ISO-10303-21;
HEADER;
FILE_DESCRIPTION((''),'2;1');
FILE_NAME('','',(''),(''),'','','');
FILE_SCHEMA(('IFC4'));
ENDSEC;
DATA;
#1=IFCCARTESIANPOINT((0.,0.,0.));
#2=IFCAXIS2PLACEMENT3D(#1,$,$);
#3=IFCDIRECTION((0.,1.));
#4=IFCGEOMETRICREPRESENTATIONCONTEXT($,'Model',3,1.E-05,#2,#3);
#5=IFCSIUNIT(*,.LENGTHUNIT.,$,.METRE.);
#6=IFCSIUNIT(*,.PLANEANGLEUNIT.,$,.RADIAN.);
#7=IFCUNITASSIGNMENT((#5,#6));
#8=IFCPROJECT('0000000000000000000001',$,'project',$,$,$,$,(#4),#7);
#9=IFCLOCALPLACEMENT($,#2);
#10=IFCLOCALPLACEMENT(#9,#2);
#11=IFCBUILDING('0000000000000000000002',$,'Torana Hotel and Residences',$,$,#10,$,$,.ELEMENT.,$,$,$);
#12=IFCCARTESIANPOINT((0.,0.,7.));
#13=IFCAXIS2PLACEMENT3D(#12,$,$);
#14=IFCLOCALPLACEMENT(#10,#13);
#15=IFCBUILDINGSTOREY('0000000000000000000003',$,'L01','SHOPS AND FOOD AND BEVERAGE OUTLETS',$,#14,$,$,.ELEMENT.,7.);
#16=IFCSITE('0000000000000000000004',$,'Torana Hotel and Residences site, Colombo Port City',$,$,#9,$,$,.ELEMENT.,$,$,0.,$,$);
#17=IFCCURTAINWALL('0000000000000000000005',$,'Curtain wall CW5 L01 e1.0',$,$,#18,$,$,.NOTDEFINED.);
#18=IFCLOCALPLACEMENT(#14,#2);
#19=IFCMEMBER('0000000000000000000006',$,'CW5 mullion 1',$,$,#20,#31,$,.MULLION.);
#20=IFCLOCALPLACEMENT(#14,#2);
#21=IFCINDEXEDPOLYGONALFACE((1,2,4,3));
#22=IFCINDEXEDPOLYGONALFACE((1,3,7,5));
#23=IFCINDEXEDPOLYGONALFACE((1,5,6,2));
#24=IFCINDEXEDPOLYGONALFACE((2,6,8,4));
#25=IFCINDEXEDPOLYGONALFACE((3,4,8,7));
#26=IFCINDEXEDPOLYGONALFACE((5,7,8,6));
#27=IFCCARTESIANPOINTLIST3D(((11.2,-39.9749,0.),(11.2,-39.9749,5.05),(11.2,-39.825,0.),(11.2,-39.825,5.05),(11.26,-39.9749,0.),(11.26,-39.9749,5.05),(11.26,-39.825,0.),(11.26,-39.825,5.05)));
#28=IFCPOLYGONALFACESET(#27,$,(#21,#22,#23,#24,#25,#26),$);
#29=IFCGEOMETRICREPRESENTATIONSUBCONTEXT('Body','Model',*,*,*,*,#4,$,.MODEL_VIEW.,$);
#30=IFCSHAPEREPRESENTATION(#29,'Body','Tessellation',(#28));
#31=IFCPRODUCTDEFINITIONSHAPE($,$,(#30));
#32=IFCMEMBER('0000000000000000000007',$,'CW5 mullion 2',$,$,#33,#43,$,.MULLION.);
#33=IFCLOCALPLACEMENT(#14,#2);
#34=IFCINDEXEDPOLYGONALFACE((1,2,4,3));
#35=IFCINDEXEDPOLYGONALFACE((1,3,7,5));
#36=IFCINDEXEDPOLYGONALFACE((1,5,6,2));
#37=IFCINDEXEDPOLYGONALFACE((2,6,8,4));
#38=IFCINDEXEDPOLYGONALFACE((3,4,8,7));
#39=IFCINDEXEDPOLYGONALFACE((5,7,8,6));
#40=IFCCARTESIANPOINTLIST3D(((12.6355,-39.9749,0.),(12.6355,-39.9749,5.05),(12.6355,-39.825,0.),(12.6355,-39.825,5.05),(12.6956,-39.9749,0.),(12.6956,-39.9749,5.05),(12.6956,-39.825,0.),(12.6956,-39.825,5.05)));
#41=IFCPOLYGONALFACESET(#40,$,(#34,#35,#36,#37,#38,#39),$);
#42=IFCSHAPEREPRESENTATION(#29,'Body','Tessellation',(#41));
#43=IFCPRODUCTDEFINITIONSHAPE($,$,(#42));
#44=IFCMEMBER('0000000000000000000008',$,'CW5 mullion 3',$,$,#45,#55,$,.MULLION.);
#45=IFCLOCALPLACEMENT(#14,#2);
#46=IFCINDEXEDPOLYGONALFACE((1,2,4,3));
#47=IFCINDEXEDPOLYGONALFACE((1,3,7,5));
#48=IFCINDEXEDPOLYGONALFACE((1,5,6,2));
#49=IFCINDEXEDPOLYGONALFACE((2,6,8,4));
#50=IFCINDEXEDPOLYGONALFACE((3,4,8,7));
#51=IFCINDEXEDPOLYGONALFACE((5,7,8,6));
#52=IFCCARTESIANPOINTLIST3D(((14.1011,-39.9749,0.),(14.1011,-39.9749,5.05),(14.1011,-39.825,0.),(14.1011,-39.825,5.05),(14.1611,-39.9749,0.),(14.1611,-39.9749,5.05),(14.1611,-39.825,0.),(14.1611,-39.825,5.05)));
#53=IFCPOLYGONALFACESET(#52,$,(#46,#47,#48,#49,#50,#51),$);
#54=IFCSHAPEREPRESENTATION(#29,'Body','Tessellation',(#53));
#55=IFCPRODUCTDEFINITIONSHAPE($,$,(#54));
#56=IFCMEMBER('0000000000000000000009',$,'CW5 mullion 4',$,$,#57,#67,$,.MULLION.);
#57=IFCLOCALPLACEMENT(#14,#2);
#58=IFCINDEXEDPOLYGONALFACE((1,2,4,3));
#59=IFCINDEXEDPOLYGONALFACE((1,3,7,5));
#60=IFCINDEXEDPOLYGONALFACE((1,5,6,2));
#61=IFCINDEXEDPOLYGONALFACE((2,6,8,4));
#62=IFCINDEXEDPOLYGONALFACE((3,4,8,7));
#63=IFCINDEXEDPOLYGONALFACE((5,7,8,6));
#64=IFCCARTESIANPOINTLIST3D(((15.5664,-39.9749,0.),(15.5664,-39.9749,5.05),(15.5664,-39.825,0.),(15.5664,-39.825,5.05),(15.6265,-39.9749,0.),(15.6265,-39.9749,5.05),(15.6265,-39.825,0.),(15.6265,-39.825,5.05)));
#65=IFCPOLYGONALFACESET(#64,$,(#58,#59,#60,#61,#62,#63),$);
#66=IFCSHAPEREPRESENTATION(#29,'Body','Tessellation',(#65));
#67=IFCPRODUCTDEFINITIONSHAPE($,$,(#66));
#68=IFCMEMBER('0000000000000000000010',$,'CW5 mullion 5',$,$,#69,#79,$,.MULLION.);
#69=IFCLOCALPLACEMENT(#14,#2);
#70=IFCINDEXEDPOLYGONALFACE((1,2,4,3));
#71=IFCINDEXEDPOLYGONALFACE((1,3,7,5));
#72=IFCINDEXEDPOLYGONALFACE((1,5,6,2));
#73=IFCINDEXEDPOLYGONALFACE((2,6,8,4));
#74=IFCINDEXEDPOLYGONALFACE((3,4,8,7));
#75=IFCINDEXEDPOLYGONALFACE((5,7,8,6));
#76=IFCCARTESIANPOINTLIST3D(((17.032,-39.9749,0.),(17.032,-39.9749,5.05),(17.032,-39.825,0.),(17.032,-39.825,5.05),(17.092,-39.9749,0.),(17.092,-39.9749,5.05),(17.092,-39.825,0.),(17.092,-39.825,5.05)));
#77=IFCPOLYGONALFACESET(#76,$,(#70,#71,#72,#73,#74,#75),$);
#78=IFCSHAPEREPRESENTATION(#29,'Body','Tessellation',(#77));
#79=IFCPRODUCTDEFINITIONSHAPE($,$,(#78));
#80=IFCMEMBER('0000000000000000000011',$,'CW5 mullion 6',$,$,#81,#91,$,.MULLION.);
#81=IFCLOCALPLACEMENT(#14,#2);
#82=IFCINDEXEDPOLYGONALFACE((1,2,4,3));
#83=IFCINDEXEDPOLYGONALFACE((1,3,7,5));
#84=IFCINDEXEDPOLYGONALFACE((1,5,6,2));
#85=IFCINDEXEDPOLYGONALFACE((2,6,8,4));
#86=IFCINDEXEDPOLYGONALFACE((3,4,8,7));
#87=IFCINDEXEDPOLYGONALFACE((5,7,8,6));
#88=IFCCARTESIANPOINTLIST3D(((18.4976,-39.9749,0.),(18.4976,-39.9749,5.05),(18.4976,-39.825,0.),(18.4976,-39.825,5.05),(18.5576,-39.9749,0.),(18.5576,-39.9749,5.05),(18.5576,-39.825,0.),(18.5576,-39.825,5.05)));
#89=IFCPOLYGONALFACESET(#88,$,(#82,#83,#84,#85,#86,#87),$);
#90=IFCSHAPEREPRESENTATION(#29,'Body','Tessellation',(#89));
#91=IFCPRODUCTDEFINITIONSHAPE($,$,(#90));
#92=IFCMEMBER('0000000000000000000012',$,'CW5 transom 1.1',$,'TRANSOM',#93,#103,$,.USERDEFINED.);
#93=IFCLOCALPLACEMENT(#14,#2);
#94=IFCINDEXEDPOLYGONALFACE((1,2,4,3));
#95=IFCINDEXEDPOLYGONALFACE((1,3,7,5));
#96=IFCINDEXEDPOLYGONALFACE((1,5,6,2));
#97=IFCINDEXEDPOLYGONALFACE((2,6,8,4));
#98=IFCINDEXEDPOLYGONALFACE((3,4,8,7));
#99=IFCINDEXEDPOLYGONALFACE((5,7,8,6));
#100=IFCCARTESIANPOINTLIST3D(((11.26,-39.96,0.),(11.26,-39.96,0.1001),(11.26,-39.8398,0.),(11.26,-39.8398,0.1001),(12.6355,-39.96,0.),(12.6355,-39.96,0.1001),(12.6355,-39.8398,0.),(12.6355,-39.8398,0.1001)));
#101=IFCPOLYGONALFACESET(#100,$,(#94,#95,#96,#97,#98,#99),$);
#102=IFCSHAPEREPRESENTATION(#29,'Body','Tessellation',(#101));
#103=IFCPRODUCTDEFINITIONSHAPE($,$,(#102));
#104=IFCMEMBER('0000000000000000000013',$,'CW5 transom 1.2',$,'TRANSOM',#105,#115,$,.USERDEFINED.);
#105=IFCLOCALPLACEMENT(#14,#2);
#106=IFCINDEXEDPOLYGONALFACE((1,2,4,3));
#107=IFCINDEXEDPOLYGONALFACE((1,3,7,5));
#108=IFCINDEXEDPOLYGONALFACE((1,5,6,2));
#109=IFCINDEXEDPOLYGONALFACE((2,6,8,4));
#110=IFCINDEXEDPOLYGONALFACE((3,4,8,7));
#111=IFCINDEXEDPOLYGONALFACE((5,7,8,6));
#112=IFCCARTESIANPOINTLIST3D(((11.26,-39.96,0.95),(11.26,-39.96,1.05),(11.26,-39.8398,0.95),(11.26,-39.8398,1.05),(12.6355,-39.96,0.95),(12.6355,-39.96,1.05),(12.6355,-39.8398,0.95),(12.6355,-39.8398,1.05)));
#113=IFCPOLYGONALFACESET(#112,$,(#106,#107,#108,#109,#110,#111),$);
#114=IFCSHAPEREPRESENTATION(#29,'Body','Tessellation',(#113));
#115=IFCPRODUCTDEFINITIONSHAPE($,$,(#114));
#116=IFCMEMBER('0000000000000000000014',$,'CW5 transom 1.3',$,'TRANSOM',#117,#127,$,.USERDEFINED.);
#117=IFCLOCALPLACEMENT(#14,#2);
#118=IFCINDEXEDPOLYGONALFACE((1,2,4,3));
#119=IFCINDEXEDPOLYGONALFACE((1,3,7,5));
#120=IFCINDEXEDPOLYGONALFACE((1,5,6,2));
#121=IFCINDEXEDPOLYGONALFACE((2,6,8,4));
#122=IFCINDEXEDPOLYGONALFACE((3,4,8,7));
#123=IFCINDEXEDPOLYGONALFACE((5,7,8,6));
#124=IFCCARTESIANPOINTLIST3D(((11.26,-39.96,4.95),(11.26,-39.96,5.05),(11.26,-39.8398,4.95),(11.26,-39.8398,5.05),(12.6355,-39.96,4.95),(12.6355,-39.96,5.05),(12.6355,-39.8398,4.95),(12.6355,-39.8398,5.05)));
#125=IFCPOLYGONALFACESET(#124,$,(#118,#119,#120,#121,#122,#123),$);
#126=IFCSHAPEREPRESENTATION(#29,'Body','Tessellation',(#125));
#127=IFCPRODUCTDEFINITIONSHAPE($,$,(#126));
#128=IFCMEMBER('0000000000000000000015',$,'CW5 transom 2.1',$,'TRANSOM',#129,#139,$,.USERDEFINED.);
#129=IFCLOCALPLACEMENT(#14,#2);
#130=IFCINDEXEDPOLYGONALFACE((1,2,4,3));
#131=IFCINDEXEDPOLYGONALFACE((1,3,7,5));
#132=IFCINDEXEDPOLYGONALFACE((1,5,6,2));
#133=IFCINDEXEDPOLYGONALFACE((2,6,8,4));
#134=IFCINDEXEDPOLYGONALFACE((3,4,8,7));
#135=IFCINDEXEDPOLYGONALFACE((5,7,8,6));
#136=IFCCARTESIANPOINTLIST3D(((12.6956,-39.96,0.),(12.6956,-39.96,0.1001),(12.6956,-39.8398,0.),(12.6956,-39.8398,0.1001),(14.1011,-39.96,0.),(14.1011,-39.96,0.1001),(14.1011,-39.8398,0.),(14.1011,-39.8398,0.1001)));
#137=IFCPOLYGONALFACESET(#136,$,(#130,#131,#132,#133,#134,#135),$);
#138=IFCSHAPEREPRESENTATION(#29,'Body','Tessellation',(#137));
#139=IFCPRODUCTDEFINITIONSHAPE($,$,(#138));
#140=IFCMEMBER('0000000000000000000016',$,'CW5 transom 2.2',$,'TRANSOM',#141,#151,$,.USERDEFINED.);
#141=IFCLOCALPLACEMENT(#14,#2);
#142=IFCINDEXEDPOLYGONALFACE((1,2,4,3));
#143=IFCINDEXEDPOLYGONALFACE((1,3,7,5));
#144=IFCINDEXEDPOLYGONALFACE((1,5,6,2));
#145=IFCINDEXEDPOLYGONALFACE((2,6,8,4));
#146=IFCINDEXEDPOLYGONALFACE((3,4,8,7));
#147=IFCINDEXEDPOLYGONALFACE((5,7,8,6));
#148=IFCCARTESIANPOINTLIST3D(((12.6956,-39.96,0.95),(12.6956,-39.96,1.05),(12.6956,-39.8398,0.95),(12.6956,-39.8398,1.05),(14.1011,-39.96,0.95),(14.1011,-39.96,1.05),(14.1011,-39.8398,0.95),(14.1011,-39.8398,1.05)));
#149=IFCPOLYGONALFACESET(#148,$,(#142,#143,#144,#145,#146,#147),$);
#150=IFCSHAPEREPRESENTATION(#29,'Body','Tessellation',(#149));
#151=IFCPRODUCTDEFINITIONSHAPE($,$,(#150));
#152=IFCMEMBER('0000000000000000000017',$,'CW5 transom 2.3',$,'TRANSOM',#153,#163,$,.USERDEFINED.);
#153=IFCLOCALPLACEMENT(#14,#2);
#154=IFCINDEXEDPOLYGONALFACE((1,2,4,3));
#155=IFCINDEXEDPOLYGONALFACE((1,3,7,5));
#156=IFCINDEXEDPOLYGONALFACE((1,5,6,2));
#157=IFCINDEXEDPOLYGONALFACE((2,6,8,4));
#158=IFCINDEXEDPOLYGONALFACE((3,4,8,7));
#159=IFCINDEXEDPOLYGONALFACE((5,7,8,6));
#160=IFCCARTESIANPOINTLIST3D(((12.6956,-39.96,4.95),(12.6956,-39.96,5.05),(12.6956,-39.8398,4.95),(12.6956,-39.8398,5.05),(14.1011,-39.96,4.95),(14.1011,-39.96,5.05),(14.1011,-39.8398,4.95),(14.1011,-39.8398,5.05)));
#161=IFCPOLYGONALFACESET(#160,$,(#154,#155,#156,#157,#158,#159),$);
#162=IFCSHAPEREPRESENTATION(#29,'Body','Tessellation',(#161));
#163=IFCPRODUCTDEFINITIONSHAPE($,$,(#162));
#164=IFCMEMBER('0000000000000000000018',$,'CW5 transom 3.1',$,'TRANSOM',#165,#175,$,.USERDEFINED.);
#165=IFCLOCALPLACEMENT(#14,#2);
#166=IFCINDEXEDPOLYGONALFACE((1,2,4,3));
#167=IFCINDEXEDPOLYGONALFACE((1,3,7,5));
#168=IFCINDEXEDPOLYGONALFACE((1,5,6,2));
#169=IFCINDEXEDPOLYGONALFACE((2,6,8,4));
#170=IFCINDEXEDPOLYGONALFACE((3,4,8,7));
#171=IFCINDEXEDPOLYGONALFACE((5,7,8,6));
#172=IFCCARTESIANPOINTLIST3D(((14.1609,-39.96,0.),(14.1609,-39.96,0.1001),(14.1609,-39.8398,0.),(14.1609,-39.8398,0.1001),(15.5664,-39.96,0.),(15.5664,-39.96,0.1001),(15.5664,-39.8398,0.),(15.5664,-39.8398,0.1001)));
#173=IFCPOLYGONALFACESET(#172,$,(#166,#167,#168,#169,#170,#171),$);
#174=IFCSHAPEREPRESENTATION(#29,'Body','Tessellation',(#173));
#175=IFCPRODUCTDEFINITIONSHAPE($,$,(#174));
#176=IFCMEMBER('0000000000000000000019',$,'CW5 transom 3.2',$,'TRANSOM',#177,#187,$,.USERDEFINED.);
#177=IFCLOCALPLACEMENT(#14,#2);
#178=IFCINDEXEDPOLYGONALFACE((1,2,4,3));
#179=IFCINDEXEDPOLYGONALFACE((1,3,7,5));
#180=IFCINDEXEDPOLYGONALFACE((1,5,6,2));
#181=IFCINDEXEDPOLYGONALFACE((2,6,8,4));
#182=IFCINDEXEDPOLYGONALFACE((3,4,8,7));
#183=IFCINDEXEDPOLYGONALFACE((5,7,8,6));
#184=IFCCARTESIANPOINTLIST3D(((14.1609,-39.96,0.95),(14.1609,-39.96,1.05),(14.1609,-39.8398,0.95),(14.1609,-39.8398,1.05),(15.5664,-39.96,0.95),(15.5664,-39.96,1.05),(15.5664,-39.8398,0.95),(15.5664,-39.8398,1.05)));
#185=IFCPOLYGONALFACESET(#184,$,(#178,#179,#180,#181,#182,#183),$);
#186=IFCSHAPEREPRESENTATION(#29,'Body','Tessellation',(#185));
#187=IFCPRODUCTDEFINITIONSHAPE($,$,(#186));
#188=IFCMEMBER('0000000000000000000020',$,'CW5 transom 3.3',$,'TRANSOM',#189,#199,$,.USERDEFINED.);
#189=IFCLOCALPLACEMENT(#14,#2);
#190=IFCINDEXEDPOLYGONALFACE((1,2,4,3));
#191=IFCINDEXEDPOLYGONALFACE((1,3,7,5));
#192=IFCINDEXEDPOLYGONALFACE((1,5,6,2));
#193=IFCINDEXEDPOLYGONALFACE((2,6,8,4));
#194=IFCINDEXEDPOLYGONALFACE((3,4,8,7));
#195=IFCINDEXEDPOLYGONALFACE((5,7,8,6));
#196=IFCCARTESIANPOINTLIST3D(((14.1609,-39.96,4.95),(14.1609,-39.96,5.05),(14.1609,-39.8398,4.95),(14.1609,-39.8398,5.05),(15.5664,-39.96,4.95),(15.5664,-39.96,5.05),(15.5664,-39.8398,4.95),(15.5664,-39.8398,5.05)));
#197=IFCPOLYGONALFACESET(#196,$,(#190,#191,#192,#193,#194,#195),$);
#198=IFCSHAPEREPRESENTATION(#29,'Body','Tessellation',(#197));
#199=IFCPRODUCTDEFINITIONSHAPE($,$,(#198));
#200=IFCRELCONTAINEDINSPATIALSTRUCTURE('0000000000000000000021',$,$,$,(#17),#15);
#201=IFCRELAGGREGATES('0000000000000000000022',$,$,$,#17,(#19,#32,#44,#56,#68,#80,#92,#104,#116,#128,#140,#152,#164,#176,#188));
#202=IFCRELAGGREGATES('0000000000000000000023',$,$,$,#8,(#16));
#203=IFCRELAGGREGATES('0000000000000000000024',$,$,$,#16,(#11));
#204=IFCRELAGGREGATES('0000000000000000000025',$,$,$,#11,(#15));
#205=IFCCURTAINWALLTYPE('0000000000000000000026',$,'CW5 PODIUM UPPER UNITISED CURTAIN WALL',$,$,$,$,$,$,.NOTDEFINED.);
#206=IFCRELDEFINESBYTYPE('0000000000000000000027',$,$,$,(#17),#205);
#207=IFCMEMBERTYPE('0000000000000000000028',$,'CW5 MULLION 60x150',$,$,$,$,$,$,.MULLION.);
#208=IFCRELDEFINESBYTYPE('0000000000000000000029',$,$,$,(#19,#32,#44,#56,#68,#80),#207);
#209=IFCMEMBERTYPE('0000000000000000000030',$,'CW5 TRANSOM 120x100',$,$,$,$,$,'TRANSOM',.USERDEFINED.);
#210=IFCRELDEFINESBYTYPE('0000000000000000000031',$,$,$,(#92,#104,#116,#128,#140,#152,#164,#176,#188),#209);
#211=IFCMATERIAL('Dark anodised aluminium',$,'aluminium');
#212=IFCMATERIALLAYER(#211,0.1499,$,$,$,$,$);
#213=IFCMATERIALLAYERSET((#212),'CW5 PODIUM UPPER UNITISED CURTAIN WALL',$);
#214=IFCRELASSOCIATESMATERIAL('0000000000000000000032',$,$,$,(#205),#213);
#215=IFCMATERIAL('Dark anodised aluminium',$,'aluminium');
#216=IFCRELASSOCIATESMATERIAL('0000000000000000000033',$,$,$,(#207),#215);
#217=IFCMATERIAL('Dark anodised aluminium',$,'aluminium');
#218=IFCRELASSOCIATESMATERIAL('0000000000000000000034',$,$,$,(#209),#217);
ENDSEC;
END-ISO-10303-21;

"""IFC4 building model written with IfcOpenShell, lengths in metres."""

from ifc_helpers import new_model, si_unit, direction, frame, origin, origin_2d, place, context, subcontext, project, spatial, rectangle, extrude, material, layer, layer_set, material_profile, profile_set, type_object, element, aggregate, save


model = new_model("IFC4")

# Units and contexts
model_context = context("Model", 3, precision=1e-05, world=origin(), true_north=direction((0.0, 1.0)))
body_context = subcontext(model_context, "Body", "Model", "MODEL_VIEW")
ifc_project = project(units=[si_unit("LENGTHUNIT", "METRE"), si_unit("PLANEANGLEUNIT", "RADIAN")], contexts=[model_context])

# Site, building, storey
site_placement = place(None, origin())
site = spatial("IfcSite", under=ifc_project, at=site_placement, Name="Torana Hotel and Residences site, Colombo Port City", CompositionType="ELEMENT", RefElevation=0.0)
building_placement = place(site_placement, origin())
building = spatial("IfcBuilding", under=site, at=building_placement, Name="Torana Hotel and Residences", CompositionType="ELEMENT")
storey_placement = place(building_placement, frame((0.0, 0.0, 7.0)))
storey = spatial("IfcBuildingStorey", under=building, at=storey_placement, Name="L01", Description="SHOPS AND FOOD AND BEVERAGE OUTLETS", CompositionType="ELEMENT", Elevation=7.0)

# Curtain wall, members
ifc_material_1 = material(Name="Dark anodised aluminium", Category="aluminium")
ifc_layer_1 = layer(ifc_material_1, 0.1499)
ifc_layer_set_1 = layer_set([ifc_layer_1], Name="CW5 PODIUM UPPER UNITISED CURTAIN WALL")
curtain_wall_type = type_object("IfcCurtainWallType", Name="CW5 PODIUM UPPER UNITISED CURTAIN WALL", PredefinedType="NOTDEFINED", material=ifc_layer_set_1)
curtain_wall_placement = place(storey_placement, origin())
curtain_wall = element("IfcCurtainWall", 1, at=curtain_wall_placement, inside=storey, type_object=curtain_wall_type, Name="Curtain wall CW5 L01 e1.0", PredefinedType="NOTDEFINED")
ifc_material_2 = material(Name="Dark anodised aluminium", Category="aluminium")
ifc_material_profile_1 = material_profile(ifc_material_2, rectangle(XDim=0.1499, YDim=0.0601, at=origin_2d()), Name="CW5 MULLION 60x150")
ifc_profile_set_1 = profile_set([ifc_material_profile_1], Name="Dark anodised aluminium")
member_type_1 = type_object("IfcMemberType", Name="CW5 MULLION 60x150", PredefinedType="MULLION", material=ifc_profile_set_1)
member_1_placement = place(storey_placement, frame((11.23, -39.8999, 0.0), z_axis=(0.0, 0.0, 1.0), x_axis=(0.0, 1.0, 0.0)))
member_1 = element("IfcMember", 2, at=member_1_placement, type_object=member_type_1, Name="CW5 mullion 1", PredefinedType="MULLION", context=body_context, shape_type="SweptSolid", body=[
    extrude(rectangle(XDim=0.1499, YDim=0.0601, at=origin_2d()), origin(), (0.0, 0.0, 1.0), 5.05),
])
member_2_placement = place(storey_placement, frame((12.6655, -39.8999, 0.0), z_axis=(0.0, 0.0, 1.0), x_axis=(0.0, 1.0, 0.0)))
member_2 = element("IfcMember", 3, at=member_2_placement, type_object=member_type_1, Name="CW5 mullion 2", PredefinedType="MULLION", context=body_context, shape_type="SweptSolid", body=[
    extrude(rectangle(XDim=0.1499, YDim=0.0601, at=origin_2d()), origin(), (0.0, 0.0, 1.0), 5.05),
])
member_3_placement = place(storey_placement, frame((14.1311, -39.8999, 0.0), z_axis=(0.0, 0.0, 1.0), x_axis=(0.0, 1.0, 0.0)))
member_3 = element("IfcMember", 4, at=member_3_placement, type_object=member_type_1, Name="CW5 mullion 3", PredefinedType="MULLION", context=body_context, shape_type="SweptSolid", body=[
    extrude(rectangle(XDim=0.1499, YDim=0.0601, at=origin_2d()), origin(), (0.0, 0.0, 1.0), 5.05),
])
member_4_placement = place(storey_placement, frame((15.5964, -39.8999, 0.0), z_axis=(0.0, 0.0, 1.0), x_axis=(0.0, 1.0, 0.0)))
member_4 = element("IfcMember", 5, at=member_4_placement, type_object=member_type_1, Name="CW5 mullion 4", PredefinedType="MULLION", context=body_context, shape_type="SweptSolid", body=[
    extrude(rectangle(XDim=0.1499, YDim=0.0601, at=origin_2d()), origin(), (0.0, 0.0, 1.0), 5.05),
])
member_5_placement = place(storey_placement, frame((17.062, -39.8999, 0.0), z_axis=(0.0, 0.0, 1.0), x_axis=(0.0, 1.0, 0.0)))
member_5 = element("IfcMember", 6, at=member_5_placement, type_object=member_type_1, Name="CW5 mullion 5", PredefinedType="MULLION", context=body_context, shape_type="SweptSolid", body=[
    extrude(rectangle(XDim=0.1499, YDim=0.0601, at=origin_2d()), origin(), (0.0, 0.0, 1.0), 5.05),
])
member_6_placement = place(storey_placement, frame((18.5276, -39.8999, 0.0), z_axis=(0.0, 0.0, 1.0), x_axis=(0.0, 1.0, 0.0)))
member_6 = element("IfcMember", 7, at=member_6_placement, type_object=member_type_1, Name="CW5 mullion 6", PredefinedType="MULLION", context=body_context, shape_type="SweptSolid", body=[
    extrude(rectangle(XDim=0.1499, YDim=0.0601, at=origin_2d()), origin(), (0.0, 0.0, 1.0), 5.05),
])
ifc_material_3 = material(Name="Dark anodised aluminium", Category="aluminium")
ifc_material_profile_2 = material_profile(ifc_material_3, rectangle(XDim=0.1201, YDim=0.1001, at=origin_2d()), Name="CW5 TRANSOM 120x100")
ifc_profile_set_2 = profile_set([ifc_material_profile_2], Name="Dark anodised aluminium")
member_type_2 = type_object("IfcMemberType", Name="CW5 TRANSOM 120x100", ElementType="TRANSOM", PredefinedType="USERDEFINED", material=ifc_profile_set_2)
member_7_placement = place(storey_placement, frame((11.26, -39.8999, 0.05), z_axis=(1.0, 0.0, 0.0), x_axis=(0.0, 1.0, 0.0)))
member_7 = element("IfcMember", 8, at=member_7_placement, type_object=member_type_2, Name="CW5 transom 1.1", ObjectType="TRANSOM", PredefinedType="USERDEFINED", context=body_context, shape_type="SweptSolid", body=[
    extrude(rectangle(XDim=0.1201, YDim=0.1001, at=origin_2d()), origin(), (0.0, 0.0, 1.0), 1.3755),
])
member_8_placement = place(storey_placement, frame((11.26, -39.8999, 1.0), z_axis=(1.0, 0.0, 0.0), x_axis=(0.0, 1.0, 0.0)))
member_8 = element("IfcMember", 9, at=member_8_placement, type_object=member_type_2, Name="CW5 transom 1.2", ObjectType="TRANSOM", PredefinedType="USERDEFINED", context=body_context, shape_type="SweptSolid", body=[
    extrude(rectangle(XDim=0.1201, YDim=0.1001, at=origin_2d()), origin(), (0.0, 0.0, 1.0), 1.3755),
])
member_9_placement = place(storey_placement, frame((11.26, -39.8999, 5.0), z_axis=(1.0, 0.0, 0.0), x_axis=(0.0, 1.0, 0.0)))
member_9 = element("IfcMember", 10, at=member_9_placement, type_object=member_type_2, Name="CW5 transom 1.3", ObjectType="TRANSOM", PredefinedType="USERDEFINED", context=body_context, shape_type="SweptSolid", body=[
    extrude(rectangle(XDim=0.1201, YDim=0.1001, at=origin_2d()), origin(), (0.0, 0.0, 1.0), 1.3755),
])
member_10_placement = place(storey_placement, frame((12.6956, -39.8999, 0.05), z_axis=(1.0, 0.0, 0.0), x_axis=(0.0, 1.0, 0.0)))
member_10 = element("IfcMember", 11, at=member_10_placement, type_object=member_type_2, Name="CW5 transom 2.1", ObjectType="TRANSOM", PredefinedType="USERDEFINED", context=body_context, shape_type="SweptSolid", body=[
    extrude(rectangle(XDim=0.1201, YDim=0.1001, at=origin_2d()), origin(), (0.0, 0.0, 1.0), 1.4055),
])
member_11_placement = place(storey_placement, frame((12.6956, -39.8999, 1.0), z_axis=(1.0, 0.0, 0.0), x_axis=(0.0, 1.0, 0.0)))
member_11 = element("IfcMember", 12, at=member_11_placement, type_object=member_type_2, Name="CW5 transom 2.2", ObjectType="TRANSOM", PredefinedType="USERDEFINED", context=body_context, shape_type="SweptSolid", body=[
    extrude(rectangle(XDim=0.1201, YDim=0.1001, at=origin_2d()), origin(), (0.0, 0.0, 1.0), 1.4055),
])
member_12_placement = place(storey_placement, frame((12.6956, -39.8999, 5.0), z_axis=(1.0, 0.0, 0.0), x_axis=(0.0, 1.0, 0.0)))
member_12 = element("IfcMember", 13, at=member_12_placement, type_object=member_type_2, Name="CW5 transom 2.3", ObjectType="TRANSOM", PredefinedType="USERDEFINED", context=body_context, shape_type="SweptSolid", body=[
    extrude(rectangle(XDim=0.1201, YDim=0.1001, at=origin_2d()), origin(), (0.0, 0.0, 1.0), 1.4055),
])
member_13_placement = place(storey_placement, frame((14.1609, -39.8999, 0.05), z_axis=(1.0, 0.0, 0.0), x_axis=(0.0, 1.0, 0.0)))
member_13 = element("IfcMember", 14, at=member_13_placement, type_object=member_type_2, Name="CW5 transom 3.1", ObjectType="TRANSOM", PredefinedType="USERDEFINED", context=body_context, shape_type="SweptSolid", body=[
    extrude(rectangle(XDim=0.1201, YDim=0.1001, at=origin_2d()), origin(), (0.0, 0.0, 1.0), 1.4055),
])
member_14_placement = place(storey_placement, frame((14.1609, -39.8999, 1.0), z_axis=(1.0, 0.0, 0.0), x_axis=(0.0, 1.0, 0.0)))
member_14 = element("IfcMember", 15, at=member_14_placement, type_object=member_type_2, Name="CW5 transom 3.2", ObjectType="TRANSOM", PredefinedType="USERDEFINED", context=body_context, shape_type="SweptSolid", body=[
    extrude(rectangle(XDim=0.1201, YDim=0.1001, at=origin_2d()), origin(), (0.0, 0.0, 1.0), 1.4055),
])
member_15_placement = place(storey_placement, frame((14.1609, -39.8999, 5.0), z_axis=(1.0, 0.0, 0.0), x_axis=(0.0, 1.0, 0.0)))
member_15 = element("IfcMember", 16, at=member_15_placement, type_object=member_type_2, Name="CW5 transom 3.3", ObjectType="TRANSOM", PredefinedType="USERDEFINED", context=body_context, shape_type="SweptSolid", body=[
    extrude(rectangle(XDim=0.1201, YDim=0.1001, at=origin_2d()), origin(), (0.0, 0.0, 1.0), 1.4055),
])
aggregate(curtain_wall, [member_1, member_2, member_3, member_4, member_5, member_6, member_7, member_8, member_9, member_10, member_11, member_12, member_13, member_14, member_15])

save(model, "model.ifc")
